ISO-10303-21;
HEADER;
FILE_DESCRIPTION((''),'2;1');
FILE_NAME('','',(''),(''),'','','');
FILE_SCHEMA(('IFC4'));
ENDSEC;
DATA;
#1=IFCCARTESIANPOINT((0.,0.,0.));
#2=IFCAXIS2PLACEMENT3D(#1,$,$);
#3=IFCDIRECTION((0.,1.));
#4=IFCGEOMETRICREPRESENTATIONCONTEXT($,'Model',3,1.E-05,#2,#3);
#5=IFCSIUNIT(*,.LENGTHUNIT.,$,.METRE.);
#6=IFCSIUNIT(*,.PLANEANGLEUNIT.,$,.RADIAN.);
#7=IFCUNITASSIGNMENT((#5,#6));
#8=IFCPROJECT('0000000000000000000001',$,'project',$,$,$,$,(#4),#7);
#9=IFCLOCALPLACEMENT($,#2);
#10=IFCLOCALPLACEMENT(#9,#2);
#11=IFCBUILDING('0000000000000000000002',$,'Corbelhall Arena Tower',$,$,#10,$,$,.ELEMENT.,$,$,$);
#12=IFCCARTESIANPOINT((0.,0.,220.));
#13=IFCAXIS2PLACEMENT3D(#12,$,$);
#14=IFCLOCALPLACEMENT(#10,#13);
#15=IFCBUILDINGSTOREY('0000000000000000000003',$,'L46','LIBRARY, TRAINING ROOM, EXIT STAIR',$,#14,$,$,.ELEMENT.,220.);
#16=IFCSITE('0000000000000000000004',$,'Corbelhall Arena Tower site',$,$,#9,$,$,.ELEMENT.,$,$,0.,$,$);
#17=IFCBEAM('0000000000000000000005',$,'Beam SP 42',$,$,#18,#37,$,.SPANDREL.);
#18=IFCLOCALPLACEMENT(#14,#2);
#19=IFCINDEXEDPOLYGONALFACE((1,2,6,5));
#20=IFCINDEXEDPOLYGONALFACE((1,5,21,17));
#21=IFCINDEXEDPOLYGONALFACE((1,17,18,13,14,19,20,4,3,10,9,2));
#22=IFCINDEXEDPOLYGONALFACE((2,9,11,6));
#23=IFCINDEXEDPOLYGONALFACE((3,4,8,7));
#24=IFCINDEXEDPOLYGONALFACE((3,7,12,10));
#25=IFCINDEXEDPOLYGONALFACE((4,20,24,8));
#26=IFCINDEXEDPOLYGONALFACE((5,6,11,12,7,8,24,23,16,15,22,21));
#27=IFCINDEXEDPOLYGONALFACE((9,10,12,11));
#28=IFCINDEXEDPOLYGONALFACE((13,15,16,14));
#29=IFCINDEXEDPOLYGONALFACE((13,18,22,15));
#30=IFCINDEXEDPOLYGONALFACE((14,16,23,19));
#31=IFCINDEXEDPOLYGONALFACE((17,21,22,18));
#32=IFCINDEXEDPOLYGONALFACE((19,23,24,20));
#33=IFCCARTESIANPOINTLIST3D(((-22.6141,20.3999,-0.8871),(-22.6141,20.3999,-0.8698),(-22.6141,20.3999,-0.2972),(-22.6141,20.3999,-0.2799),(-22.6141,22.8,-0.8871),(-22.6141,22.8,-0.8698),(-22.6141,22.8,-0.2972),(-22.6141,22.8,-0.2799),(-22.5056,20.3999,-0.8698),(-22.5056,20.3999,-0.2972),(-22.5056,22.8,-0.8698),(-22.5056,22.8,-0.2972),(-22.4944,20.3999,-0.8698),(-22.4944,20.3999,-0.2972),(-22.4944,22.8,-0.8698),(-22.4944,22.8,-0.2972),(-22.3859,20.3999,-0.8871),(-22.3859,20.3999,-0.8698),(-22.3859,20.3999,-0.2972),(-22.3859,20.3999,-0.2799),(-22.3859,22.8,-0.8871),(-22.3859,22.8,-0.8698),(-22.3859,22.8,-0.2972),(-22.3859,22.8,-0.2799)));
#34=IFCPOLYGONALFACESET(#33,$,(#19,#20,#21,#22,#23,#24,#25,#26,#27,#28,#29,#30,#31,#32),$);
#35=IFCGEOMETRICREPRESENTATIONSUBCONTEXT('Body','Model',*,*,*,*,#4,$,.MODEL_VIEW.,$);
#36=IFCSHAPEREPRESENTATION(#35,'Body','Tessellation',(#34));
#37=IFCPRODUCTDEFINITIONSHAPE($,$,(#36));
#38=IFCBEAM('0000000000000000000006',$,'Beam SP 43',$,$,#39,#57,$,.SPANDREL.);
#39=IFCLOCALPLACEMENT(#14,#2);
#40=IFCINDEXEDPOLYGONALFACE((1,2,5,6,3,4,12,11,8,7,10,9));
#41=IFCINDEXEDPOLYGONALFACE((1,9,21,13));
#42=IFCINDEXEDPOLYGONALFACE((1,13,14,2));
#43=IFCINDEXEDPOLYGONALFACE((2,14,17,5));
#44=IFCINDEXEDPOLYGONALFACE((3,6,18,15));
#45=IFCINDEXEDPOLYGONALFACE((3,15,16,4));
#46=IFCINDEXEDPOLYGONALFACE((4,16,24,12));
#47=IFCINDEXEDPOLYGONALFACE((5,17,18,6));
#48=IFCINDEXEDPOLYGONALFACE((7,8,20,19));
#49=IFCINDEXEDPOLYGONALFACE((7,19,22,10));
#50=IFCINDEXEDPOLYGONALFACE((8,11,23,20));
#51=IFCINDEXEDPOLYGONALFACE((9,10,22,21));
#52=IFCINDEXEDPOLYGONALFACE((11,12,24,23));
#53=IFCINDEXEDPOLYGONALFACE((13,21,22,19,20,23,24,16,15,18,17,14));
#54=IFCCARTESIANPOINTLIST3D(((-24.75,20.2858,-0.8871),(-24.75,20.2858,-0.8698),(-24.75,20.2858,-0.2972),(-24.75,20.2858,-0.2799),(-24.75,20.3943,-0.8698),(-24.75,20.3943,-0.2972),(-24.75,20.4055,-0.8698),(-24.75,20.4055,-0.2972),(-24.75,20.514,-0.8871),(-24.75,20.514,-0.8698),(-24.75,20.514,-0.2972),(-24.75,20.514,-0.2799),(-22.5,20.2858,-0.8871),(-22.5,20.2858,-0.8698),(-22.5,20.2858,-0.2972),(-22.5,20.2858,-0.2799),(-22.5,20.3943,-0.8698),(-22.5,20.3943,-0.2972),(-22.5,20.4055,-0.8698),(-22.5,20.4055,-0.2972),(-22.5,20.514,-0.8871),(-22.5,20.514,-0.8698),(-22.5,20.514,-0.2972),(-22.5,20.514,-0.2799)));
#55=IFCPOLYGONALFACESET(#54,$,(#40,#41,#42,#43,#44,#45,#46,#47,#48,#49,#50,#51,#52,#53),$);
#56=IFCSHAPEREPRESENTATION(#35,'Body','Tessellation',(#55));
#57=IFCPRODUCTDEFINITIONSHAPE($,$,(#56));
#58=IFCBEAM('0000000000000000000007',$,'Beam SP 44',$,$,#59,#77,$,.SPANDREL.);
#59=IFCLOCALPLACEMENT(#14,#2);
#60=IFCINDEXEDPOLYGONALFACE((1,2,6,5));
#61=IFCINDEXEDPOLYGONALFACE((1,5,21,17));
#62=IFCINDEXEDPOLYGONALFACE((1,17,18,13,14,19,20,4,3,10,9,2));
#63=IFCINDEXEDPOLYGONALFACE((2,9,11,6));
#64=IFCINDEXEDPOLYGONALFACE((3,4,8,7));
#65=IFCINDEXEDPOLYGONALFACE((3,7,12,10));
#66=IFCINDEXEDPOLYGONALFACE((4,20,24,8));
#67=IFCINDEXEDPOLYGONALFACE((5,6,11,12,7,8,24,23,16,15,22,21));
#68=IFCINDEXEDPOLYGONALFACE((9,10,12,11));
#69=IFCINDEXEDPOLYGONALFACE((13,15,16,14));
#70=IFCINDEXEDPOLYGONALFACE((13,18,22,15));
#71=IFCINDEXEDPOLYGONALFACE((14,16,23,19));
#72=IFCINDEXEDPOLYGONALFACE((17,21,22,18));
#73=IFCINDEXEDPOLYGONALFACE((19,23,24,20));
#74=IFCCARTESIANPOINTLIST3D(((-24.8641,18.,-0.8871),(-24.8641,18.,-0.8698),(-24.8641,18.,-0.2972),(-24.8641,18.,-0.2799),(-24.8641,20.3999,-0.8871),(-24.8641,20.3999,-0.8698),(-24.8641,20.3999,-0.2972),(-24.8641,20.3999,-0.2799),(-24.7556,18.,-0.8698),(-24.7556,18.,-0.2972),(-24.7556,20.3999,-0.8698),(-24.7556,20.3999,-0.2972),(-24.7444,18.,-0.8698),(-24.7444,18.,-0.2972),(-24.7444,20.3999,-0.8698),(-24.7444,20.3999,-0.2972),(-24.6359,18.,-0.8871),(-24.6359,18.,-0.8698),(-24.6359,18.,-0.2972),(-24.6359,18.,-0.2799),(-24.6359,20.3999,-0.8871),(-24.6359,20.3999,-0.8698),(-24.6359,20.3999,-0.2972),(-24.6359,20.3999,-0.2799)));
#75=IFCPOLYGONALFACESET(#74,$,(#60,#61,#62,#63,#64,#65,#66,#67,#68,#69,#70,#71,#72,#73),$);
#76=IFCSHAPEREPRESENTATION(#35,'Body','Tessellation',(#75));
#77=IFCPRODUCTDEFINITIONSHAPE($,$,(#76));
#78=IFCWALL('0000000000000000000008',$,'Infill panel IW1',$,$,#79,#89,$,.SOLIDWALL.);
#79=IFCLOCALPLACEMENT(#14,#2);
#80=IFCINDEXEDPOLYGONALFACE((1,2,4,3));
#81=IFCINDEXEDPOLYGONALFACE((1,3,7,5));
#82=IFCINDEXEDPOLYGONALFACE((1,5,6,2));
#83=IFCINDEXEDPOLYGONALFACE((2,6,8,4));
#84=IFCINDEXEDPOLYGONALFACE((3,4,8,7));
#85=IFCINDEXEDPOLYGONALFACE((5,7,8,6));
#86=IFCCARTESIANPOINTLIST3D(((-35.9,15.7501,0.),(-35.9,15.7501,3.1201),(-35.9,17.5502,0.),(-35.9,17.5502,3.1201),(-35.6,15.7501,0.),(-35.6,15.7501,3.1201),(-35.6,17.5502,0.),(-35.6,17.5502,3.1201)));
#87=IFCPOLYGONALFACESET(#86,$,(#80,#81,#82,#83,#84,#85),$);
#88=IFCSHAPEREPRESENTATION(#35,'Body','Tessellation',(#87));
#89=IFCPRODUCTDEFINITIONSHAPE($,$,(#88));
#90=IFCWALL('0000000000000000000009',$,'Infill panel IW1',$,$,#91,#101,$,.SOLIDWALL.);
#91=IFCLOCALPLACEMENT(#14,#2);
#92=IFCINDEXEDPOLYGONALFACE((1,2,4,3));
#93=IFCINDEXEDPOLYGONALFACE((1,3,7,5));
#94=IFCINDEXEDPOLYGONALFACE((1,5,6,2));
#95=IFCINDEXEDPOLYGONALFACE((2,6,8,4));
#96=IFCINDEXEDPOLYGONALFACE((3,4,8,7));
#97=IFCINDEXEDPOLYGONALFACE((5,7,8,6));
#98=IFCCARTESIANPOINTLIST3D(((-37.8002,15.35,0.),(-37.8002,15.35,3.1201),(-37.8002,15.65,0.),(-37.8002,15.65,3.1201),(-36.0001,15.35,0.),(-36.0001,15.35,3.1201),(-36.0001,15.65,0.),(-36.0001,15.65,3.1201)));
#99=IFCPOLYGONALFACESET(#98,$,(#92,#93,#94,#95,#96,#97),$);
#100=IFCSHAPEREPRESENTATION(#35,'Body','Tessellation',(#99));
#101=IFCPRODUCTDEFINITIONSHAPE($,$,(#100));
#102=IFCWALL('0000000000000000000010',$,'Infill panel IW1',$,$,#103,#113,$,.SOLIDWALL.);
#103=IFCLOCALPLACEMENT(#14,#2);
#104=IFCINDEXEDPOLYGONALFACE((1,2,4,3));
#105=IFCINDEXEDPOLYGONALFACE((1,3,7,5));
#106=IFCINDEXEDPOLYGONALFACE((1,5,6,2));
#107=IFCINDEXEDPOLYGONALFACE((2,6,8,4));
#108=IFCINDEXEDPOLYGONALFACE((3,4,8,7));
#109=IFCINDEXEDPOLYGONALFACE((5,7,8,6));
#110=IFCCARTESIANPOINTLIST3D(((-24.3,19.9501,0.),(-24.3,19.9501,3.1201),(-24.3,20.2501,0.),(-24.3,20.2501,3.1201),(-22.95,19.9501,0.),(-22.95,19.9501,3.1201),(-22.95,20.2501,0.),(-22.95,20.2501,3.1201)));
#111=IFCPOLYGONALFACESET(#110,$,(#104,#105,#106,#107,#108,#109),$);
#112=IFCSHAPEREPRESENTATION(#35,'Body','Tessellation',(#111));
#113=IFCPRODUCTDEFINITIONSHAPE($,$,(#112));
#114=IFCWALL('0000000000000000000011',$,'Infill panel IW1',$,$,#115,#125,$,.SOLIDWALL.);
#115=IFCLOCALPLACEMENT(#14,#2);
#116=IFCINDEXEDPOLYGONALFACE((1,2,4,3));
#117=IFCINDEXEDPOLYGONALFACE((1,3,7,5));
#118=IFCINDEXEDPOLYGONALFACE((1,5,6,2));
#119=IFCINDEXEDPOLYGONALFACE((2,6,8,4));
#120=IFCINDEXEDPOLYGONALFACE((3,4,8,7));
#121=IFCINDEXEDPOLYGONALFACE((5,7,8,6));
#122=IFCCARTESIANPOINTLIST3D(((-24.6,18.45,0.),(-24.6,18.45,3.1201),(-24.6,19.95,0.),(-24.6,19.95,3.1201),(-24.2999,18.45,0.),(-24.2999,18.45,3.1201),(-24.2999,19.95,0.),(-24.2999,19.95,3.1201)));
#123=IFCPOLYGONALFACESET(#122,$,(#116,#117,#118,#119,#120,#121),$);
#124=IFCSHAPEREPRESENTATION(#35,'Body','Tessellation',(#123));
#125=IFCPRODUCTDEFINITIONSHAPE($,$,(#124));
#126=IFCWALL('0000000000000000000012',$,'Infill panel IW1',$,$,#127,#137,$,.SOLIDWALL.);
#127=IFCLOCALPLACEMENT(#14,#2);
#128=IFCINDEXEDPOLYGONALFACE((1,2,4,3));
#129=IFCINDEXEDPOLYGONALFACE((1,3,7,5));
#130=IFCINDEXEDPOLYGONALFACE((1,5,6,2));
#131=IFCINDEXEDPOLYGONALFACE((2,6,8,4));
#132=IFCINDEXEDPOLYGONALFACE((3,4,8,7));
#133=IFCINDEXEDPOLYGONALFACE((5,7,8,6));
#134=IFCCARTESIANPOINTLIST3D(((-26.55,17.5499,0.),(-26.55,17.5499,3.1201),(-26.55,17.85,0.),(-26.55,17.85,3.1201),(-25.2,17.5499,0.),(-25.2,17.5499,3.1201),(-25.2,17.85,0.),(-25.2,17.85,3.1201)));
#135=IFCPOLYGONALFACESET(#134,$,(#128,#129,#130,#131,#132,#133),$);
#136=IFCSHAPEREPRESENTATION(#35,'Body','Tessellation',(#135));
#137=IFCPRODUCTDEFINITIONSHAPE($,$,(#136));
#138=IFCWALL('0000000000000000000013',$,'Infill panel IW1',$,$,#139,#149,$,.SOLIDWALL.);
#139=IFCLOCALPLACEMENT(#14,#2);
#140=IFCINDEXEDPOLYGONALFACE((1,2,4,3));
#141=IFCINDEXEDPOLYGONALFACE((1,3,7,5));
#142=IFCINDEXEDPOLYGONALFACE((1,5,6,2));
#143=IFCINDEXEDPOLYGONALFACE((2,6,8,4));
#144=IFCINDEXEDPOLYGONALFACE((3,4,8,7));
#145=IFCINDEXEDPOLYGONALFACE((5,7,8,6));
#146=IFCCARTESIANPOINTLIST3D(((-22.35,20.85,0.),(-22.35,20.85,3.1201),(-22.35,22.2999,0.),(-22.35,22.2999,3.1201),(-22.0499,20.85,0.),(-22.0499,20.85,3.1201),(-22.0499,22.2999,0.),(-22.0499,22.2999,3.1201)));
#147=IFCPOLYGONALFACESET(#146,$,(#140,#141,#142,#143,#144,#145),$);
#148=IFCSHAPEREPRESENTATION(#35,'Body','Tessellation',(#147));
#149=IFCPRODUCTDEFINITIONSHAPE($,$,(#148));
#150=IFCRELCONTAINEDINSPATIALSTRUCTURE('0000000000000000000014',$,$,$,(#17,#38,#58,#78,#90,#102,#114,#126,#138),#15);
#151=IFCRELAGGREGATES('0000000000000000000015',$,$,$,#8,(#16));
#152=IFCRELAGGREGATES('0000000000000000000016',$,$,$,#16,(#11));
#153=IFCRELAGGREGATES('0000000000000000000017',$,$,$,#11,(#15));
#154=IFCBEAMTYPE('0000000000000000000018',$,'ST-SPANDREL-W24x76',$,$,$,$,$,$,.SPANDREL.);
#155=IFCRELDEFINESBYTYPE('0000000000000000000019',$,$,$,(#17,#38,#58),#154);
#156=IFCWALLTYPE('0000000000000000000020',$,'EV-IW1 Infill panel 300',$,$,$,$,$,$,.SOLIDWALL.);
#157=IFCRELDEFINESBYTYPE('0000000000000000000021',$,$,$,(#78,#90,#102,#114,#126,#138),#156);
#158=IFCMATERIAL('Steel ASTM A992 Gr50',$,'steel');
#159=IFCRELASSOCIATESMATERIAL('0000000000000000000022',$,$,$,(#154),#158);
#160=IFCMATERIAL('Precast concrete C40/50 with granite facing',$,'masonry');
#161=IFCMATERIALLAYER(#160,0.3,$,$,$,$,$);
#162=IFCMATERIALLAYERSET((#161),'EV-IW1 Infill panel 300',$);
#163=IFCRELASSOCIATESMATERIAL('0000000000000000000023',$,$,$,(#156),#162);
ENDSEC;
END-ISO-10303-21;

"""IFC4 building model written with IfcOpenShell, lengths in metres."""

from ifc_helpers import new_model, si_unit, direction, frame, frame_2d, origin, origin_2d, place, context, subcontext, project, spatial, rectangle, i_section, extrude, material, layer, layer_set, material_profile, profile_set, type_object, element, save


model = new_model("IFC4")

# Units and contexts
model_context = context("Model", 3, precision=1e-05, world=origin(), true_north=direction((0.0, 1.0)))
body_context = subcontext(model_context, "Body", "Model", "MODEL_VIEW")
ifc_project = project(units=[si_unit("LENGTHUNIT", "METRE"), si_unit("PLANEANGLEUNIT", "RADIAN")], contexts=[model_context])

# Site, building, storey
site_placement = place(None, origin())
site = spatial("IfcSite", under=ifc_project, at=site_placement, Name="Corbelhall Arena Tower site", CompositionType="ELEMENT", RefElevation=0.0)
building_placement = place(site_placement, origin())
building = spatial("IfcBuilding", under=site, at=building_placement, Name="Corbelhall Arena Tower", CompositionType="ELEMENT")
storey_placement = place(building_placement, frame((0.0, 0.0, 220.0)))
storey = spatial("IfcBuildingStorey", under=building, at=storey_placement, Name="L46", Description="LIBRARY, TRAINING ROOM, EXIT STAIR", CompositionType="ELEMENT", Elevation=220.0)

# Beams
ifc_material_1 = material(Name="Steel ASTM A992 Gr50", Category="steel")
ifc_material_profile_1 = material_profile(ifc_material_1, i_section(OverallWidth=0.2283, OverallDepth=0.6072, WebThickness=0.0112, FlangeThickness=0.0173, at=origin_2d()))
ifc_profile_set_1 = profile_set([ifc_material_profile_1], Name="Steel ASTM A992 Gr50")
beam_type = type_object("IfcBeamType", Name="ST-SPANDREL-W24x76", PredefinedType="SPANDREL", material=ifc_profile_set_1)
beam_1_placement = place(storey_placement, frame((-22.5, 20.3999, -0.5835), z_axis=(0.0, 1.0, 0.0), x_axis=(-1.0, 0.0, 0.0)))
element("IfcBeam", 1, at=beam_1_placement, inside=storey, type_object=beam_type, Name="Beam SP 42", PredefinedType="SPANDREL", context=body_context, shape_type="SweptSolid", body=[
    extrude(i_section(OverallWidth=0.2283, OverallDepth=0.6072, WebThickness=0.0112, FlangeThickness=0.0173, at=origin_2d()), origin(), (0.0, 0.0, 1.0), 2.4001),
])
beam_2_placement = place(storey_placement, frame((-24.75, 20.3999, -0.5835), z_axis=(1.0, 0.0, 0.0), x_axis=(0.0, 1.0, 0.0)))
element("IfcBeam", 2, at=beam_2_placement, inside=storey, type_object=beam_type, Name="Beam SP 43", PredefinedType="SPANDREL", context=body_context, shape_type="SweptSolid", body=[
    extrude(i_section(OverallWidth=0.2283, OverallDepth=0.6072, WebThickness=0.0112, FlangeThickness=0.0173, at=origin_2d()), origin(), (0.0, 0.0, 1.0), 2.25),
])
beam_3_placement = place(storey_placement, frame((-24.75, 18.0, -0.5835), z_axis=(0.0, 1.0, 0.0), x_axis=(-1.0, 0.0, 0.0)))
element("IfcBeam", 3, at=beam_3_placement, inside=storey, type_object=beam_type, Name="Beam SP 44", PredefinedType="SPANDREL", context=body_context, shape_type="SweptSolid", body=[
    extrude(i_section(OverallWidth=0.2283, OverallDepth=0.6072, WebThickness=0.0112, FlangeThickness=0.0173, at=origin_2d()), origin(), (0.0, 0.0, 1.0), 2.3999),
])

# Walls
ifc_material_2 = material(Name="Precast concrete C40/50 with granite facing", Category="masonry")
ifc_layer = layer(ifc_material_2, 0.3)
ifc_layer_set = layer_set([ifc_layer], Name="EV-IW1 Infill panel 300")
wall_type = type_object("IfcWallType", Name="EV-IW1 Infill panel 300", PredefinedType="SOLIDWALL", material=ifc_layer_set)
for number, where, z_axis, x_axis, name in (
    (4, (-35.75, 17.55, 0.0), (0.0, 0.0, 1.0), (0.0, -1.0, 0.0), "Infill panel IW1"),
    (5, (-37.8, 15.5, 0.0), (0.0, 0.0, 1.0), (1.0, 0.0, 0.0), "Infill panel IW1"),
):
    element("IfcWall", number, at=place(storey_placement, frame(where, z_axis=z_axis, x_axis=x_axis)), inside=storey, type_object=wall_type, Name=name, PredefinedType="SOLIDWALL", context=body_context, shape_type="SweptSolid", body=[
        extrude(rectangle(XDim=1.8, YDim=0.3, at=frame_2d((0.8999, 0.0))), origin(), (0.0, 0.0, 1.0), 3.1201),
    ])
wall_1_placement = place(storey_placement, frame((-22.95, 20.1001, 0.0), z_axis=(0.0, 0.0, 1.0), x_axis=(-1.0, 0.0, 0.0)))
element("IfcWall", 6, at=wall_1_placement, inside=storey, type_object=wall_type, Name="Infill panel IW1", PredefinedType="SOLIDWALL", context=body_context, shape_type="SweptSolid", body=[
    extrude(rectangle(XDim=1.3501, YDim=0.3, at=frame_2d((0.675, 0.0))), origin(), (0.0, 0.0, 1.0), 3.1201),
])
wall_2_placement = place(storey_placement, frame((-24.45, 19.95, 0.0), z_axis=(0.0, 0.0, 1.0), x_axis=(0.0, -1.0, 0.0)))
element("IfcWall", 7, at=wall_2_placement, inside=storey, type_object=wall_type, Name="Infill panel IW1", PredefinedType="SOLIDWALL", context=body_context, shape_type="SweptSolid", body=[
    extrude(rectangle(XDim=1.5, YDim=0.3, at=frame_2d((0.75, 0.0))), origin(), (0.0, 0.0, 1.0), 3.1201),
])
wall_3_placement = place(storey_placement, frame((-25.2, 17.7, 0.0), z_axis=(0.0, 0.0, 1.0), x_axis=(-1.0, 0.0, 0.0)))
element("IfcWall", 8, at=wall_3_placement, inside=storey, type_object=wall_type, Name="Infill panel IW1", PredefinedType="SOLIDWALL", context=body_context, shape_type="SweptSolid", body=[
    extrude(rectangle(XDim=1.3501, YDim=0.3, at=frame_2d((0.675, 0.0))), origin(), (0.0, 0.0, 1.0), 3.1201),
])

# Wall
wall_4_placement = place(storey_placement, frame((-22.2, 22.3, 0.0), z_axis=(0.0, 0.0, 1.0), x_axis=(0.0, -1.0, 0.0)))
element("IfcWall", 9, at=wall_4_placement, inside=storey, type_object=wall_type, Name="Infill panel IW1", PredefinedType="SOLIDWALL", context=body_context, shape_type="SweptSolid", body=[
    extrude(rectangle(XDim=1.45, YDim=0.3, at=frame_2d((0.7251, 0.0))), origin(), (0.0, 0.0, 1.0), 3.1201),
])

save(model, "model.ifc")
